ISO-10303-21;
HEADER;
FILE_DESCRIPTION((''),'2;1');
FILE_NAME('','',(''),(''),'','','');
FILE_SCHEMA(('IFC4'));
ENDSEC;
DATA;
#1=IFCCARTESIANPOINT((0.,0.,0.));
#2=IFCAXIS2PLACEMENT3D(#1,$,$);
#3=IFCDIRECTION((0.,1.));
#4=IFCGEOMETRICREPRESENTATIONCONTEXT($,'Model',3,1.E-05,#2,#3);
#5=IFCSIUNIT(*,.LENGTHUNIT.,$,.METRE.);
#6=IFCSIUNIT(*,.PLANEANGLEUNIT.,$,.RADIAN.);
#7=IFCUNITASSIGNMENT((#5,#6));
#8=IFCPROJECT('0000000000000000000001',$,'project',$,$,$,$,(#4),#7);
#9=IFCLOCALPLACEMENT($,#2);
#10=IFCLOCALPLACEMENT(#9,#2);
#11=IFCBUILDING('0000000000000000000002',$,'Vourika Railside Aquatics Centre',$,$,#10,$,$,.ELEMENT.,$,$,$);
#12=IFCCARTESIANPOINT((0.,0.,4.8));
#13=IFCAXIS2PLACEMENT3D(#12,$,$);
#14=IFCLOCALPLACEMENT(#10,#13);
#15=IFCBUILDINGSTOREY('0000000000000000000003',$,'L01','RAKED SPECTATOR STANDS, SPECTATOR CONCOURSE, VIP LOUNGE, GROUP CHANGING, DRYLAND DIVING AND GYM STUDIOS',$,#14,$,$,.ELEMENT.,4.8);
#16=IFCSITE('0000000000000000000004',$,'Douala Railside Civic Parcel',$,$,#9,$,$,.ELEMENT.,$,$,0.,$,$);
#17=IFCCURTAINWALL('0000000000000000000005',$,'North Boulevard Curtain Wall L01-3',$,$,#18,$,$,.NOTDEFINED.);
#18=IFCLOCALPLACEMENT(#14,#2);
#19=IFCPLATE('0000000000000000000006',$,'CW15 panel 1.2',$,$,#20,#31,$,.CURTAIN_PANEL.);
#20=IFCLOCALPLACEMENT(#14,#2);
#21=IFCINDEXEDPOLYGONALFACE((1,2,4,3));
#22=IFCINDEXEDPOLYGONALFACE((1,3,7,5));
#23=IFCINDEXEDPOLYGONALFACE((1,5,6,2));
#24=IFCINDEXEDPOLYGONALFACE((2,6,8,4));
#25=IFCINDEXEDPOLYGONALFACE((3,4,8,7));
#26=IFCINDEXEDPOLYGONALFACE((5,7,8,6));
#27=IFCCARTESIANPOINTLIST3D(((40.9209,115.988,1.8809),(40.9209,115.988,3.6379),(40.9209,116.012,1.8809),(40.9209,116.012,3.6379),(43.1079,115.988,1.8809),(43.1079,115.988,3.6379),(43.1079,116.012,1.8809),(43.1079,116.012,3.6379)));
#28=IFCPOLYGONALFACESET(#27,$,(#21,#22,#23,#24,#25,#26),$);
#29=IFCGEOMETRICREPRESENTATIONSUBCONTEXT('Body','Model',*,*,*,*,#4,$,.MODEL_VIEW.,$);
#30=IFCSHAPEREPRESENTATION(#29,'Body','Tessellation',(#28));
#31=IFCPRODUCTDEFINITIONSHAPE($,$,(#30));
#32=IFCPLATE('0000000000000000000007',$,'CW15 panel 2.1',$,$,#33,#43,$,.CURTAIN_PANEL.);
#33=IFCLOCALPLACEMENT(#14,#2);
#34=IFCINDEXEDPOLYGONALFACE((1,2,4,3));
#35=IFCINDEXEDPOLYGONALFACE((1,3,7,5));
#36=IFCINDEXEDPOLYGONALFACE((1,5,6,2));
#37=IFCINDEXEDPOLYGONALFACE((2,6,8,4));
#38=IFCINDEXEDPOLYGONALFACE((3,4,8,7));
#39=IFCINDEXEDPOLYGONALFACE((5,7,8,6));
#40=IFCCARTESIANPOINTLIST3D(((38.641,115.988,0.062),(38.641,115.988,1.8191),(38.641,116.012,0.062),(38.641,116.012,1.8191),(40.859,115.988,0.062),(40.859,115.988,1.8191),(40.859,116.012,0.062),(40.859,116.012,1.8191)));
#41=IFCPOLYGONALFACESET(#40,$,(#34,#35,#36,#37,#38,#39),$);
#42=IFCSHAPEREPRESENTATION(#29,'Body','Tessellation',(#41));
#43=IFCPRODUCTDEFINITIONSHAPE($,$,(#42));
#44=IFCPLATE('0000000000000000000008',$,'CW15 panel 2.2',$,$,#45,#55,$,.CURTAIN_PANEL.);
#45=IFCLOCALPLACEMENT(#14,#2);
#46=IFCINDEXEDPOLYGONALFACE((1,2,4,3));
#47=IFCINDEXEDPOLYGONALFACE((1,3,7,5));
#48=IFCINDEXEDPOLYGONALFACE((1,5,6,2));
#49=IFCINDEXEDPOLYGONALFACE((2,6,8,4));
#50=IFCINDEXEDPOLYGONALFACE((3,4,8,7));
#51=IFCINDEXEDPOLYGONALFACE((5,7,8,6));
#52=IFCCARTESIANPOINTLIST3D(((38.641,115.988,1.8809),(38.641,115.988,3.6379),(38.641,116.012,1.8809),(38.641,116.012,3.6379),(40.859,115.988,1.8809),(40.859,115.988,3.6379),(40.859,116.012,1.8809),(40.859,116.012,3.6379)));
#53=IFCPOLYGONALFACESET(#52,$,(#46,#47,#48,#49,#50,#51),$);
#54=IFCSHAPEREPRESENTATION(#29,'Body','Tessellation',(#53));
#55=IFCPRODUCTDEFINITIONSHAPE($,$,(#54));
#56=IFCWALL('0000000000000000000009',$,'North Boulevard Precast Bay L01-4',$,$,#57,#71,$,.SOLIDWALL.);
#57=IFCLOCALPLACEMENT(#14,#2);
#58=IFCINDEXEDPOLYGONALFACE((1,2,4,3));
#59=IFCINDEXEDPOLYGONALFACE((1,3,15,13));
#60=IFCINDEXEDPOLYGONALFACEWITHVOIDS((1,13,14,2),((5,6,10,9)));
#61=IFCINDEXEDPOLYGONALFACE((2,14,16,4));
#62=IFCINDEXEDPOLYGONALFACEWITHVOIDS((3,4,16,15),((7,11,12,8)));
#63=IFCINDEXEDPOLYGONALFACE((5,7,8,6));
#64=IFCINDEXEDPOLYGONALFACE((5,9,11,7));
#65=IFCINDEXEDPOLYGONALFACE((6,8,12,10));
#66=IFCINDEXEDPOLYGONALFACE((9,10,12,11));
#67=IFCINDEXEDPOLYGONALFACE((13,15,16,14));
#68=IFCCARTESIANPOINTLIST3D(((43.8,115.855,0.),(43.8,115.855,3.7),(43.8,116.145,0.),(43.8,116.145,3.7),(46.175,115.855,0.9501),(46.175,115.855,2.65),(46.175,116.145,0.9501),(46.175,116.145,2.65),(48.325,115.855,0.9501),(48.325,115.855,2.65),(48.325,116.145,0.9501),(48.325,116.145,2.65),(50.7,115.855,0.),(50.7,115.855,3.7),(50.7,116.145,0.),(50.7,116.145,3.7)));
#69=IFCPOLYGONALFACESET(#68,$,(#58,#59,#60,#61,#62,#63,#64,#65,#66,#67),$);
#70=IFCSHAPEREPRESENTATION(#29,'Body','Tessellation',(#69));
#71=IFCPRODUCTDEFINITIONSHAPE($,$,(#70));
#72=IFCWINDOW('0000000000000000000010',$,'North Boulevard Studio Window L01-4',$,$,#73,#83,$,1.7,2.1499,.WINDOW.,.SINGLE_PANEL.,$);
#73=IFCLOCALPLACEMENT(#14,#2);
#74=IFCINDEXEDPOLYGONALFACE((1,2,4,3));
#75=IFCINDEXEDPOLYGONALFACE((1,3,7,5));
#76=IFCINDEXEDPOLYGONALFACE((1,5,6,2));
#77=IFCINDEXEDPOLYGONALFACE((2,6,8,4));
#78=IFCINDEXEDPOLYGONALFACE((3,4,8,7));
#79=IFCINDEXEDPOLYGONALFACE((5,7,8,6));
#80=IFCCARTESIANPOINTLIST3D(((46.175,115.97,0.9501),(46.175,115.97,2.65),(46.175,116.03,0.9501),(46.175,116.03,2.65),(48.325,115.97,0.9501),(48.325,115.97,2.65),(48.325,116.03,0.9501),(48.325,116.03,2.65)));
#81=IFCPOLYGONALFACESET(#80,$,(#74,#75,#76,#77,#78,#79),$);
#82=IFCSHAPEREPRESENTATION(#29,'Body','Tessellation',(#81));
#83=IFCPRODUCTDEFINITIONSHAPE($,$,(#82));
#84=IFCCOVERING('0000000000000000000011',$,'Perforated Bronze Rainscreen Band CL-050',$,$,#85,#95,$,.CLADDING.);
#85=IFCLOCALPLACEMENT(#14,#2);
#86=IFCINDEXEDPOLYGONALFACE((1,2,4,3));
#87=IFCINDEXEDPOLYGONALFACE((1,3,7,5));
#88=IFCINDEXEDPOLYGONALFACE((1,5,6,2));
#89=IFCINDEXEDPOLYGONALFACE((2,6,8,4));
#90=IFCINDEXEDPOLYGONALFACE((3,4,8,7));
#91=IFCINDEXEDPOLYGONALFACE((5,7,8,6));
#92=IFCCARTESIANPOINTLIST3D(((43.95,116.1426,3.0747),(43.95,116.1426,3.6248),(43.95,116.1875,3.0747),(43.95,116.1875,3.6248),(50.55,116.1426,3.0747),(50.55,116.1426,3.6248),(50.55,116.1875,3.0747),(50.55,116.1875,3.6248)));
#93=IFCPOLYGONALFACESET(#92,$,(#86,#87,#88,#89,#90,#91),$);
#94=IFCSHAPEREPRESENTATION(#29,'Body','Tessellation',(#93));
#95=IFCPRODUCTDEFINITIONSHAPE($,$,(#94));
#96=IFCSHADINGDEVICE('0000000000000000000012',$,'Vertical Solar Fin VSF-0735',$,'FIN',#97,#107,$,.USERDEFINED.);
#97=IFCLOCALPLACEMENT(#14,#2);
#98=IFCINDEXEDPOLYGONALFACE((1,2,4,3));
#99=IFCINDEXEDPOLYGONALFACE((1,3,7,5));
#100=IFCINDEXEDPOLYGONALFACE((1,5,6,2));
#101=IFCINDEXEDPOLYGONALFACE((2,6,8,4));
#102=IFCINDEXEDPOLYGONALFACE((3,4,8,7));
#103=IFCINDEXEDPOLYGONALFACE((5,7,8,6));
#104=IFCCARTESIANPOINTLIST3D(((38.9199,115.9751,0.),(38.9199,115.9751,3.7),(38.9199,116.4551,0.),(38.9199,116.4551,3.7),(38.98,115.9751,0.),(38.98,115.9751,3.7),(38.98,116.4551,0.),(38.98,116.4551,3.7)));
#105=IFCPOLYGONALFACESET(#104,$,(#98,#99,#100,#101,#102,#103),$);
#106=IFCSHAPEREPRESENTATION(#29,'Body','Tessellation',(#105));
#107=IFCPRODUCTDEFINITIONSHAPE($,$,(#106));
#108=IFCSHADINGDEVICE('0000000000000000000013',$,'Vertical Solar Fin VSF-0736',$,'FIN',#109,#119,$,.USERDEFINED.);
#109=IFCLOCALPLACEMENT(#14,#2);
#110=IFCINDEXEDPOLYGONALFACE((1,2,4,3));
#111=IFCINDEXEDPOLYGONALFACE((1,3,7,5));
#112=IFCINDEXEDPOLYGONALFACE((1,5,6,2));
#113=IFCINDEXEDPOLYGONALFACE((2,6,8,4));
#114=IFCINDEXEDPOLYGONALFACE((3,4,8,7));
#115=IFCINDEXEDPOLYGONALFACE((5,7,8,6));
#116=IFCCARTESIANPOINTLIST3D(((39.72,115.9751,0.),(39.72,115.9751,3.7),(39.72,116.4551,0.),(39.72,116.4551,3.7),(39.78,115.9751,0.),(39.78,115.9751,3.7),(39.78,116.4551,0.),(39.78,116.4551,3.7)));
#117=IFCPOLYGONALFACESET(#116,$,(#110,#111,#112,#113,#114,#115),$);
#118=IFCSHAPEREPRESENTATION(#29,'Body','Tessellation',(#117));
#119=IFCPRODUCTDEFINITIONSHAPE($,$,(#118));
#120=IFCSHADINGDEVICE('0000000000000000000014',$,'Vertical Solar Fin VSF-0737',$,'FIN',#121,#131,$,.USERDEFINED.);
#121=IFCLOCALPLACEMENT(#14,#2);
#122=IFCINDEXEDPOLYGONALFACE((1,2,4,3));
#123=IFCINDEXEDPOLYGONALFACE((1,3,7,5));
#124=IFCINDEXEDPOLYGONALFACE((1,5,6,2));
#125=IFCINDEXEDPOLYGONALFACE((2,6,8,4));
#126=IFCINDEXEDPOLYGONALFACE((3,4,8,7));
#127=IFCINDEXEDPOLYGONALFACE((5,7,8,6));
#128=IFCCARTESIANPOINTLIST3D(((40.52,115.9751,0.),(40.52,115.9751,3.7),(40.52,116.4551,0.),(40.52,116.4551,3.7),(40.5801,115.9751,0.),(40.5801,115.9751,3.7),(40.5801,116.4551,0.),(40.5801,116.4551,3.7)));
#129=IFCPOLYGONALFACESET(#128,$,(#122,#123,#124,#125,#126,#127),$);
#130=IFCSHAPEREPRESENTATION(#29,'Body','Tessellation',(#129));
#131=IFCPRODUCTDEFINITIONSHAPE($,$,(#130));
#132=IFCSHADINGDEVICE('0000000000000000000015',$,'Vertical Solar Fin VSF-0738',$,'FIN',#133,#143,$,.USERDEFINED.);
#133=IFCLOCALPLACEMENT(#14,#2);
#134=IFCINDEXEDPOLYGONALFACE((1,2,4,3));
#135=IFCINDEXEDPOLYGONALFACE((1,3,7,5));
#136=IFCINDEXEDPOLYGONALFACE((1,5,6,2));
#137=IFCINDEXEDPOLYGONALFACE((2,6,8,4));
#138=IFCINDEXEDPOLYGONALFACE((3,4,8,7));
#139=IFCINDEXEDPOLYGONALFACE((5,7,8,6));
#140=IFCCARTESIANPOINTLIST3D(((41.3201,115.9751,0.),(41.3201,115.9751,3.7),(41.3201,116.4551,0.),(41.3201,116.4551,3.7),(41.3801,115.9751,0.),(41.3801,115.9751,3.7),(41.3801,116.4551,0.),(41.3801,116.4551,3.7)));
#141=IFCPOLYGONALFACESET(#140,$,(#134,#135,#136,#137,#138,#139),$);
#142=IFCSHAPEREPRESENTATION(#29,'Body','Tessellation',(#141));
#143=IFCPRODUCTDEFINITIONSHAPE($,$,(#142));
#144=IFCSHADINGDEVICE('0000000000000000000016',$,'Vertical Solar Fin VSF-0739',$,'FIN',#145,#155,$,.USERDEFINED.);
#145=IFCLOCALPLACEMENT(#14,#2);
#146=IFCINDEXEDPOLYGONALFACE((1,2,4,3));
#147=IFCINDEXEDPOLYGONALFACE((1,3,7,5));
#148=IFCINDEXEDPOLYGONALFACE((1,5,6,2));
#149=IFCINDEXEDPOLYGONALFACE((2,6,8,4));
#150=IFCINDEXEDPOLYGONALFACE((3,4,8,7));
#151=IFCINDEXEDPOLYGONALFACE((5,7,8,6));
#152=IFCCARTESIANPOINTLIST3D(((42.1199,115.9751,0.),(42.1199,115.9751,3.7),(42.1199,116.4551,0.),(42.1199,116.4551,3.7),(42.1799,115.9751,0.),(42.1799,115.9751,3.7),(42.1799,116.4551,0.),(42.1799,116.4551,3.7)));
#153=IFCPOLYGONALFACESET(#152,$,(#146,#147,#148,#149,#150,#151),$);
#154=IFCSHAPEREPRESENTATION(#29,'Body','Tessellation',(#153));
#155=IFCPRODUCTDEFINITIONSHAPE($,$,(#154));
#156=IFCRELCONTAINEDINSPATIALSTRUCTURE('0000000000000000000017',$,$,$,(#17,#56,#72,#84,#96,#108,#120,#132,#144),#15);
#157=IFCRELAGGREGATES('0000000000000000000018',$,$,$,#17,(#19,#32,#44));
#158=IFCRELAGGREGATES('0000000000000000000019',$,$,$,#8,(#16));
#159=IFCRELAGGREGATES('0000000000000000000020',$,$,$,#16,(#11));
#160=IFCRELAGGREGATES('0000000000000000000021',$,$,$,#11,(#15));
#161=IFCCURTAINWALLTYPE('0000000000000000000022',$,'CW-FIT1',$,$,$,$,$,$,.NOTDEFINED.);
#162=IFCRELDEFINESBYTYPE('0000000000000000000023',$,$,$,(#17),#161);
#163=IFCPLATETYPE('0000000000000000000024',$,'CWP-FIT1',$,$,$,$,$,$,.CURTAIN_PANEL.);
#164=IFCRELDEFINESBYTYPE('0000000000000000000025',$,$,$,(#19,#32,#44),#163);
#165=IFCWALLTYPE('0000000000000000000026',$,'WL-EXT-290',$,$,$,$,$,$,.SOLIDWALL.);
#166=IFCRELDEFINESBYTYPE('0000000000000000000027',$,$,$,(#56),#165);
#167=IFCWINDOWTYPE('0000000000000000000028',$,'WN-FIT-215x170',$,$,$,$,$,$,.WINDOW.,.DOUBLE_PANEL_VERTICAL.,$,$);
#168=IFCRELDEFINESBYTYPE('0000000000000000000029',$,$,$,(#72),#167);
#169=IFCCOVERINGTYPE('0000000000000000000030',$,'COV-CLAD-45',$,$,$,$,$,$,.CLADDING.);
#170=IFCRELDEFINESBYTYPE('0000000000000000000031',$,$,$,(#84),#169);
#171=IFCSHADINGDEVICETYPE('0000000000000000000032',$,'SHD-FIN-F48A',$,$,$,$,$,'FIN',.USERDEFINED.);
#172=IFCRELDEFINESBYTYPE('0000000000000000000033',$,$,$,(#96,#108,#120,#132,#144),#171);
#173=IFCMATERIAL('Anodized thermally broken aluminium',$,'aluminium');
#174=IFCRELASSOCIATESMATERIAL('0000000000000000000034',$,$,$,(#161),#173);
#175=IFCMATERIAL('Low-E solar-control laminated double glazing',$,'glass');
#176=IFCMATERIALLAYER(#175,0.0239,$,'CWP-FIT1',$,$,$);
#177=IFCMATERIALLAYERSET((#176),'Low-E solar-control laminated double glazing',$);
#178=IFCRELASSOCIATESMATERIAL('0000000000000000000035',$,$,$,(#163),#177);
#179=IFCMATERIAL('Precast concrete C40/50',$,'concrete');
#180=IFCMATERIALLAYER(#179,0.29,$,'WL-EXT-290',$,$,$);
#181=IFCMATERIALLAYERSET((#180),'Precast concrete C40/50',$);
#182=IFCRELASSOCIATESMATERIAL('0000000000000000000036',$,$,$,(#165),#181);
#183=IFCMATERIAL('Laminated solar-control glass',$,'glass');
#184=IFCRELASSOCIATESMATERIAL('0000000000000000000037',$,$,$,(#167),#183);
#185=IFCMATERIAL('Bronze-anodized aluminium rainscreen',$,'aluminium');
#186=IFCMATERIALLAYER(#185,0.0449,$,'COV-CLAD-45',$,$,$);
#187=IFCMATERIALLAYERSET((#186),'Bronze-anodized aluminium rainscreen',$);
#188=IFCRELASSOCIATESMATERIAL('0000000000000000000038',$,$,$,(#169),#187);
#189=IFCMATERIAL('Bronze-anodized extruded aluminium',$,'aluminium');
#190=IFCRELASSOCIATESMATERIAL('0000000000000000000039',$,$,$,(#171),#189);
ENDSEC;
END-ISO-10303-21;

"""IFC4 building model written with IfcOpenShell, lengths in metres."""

from ifc_helpers import new_model, si_unit, direction, frame, frame_2d, origin, origin_2d, place, context, subcontext, project, spatial, rectangle, extrude, material, layer, layer_set, material_profile, profile_set, type_object, element, fill, aggregate, save


model = new_model("IFC4")

# Units and contexts
model_context = context("Model", 3, precision=1e-05, world=origin(), true_north=direction((0.0, 1.0)))
body_context = subcontext(model_context, "Body", "Model", "MODEL_VIEW")
ifc_project = project(units=[si_unit("LENGTHUNIT", "METRE"), si_unit("PLANEANGLEUNIT", "RADIAN")], contexts=[model_context])

# Site, building, storey
site_placement = place(None, origin())
site = spatial("IfcSite", under=ifc_project, at=site_placement, Name="Douala Railside Civic Parcel", CompositionType="ELEMENT", RefElevation=0.0)
building_placement = place(site_placement, origin())
building = spatial("IfcBuilding", under=site, at=building_placement, Name="Vourika Railside Aquatics Centre", CompositionType="ELEMENT")
storey_placement = place(building_placement, frame((0.0, 0.0, 4.8)))
storey = spatial("IfcBuildingStorey", under=building, at=storey_placement, Name="L01", Description="RAKED SPECTATOR STANDS, SPECTATOR CONCOURSE, VIP LOUNGE, GROUP CHANGING, DRYLAND DIVING AND GYM STUDIOS", CompositionType="ELEMENT", Elevation=4.8)

# Curtain wall
ifc_material_1 = material(Name="Anodized thermally broken aluminium", Category="aluminium")
curtain_wall_type = type_object("IfcCurtainWallType", Name="CW-FIT1", PredefinedType="NOTDEFINED", material=ifc_material_1)
curtain_wall_1_placement = place(storey_placement, origin())
curtain_wall_1 = element("IfcCurtainWall", 1, at=curtain_wall_1_placement, inside=storey, type_object=curtain_wall_type, Name="North Boulevard Curtain Wall L01-3", PredefinedType="NOTDEFINED")

# Plates
ifc_material_2 = material(Name="Low-E solar-control laminated double glazing", Category="glass")
ifc_layer_1 = layer(ifc_material_2, 0.0239, Name="CWP-FIT1")
ifc_layer_set_1 = layer_set([ifc_layer_1], Name="Low-E solar-control laminated double glazing")
plate_type = type_object("IfcPlateType", Name="CWP-FIT1", PredefinedType="CURTAIN_PANEL", material=ifc_layer_set_1)
plate_1_placement = place(storey_placement, frame((42.0144, 116.0, 1.8809), z_axis=(0.0, 0.0, 1.0), x_axis=(-1.0, 0.0, 0.0)))
plate_1 = element("IfcPlate", 2, at=plate_1_placement, type_object=plate_type, Name="CW15 panel 1.2", PredefinedType="CURTAIN_PANEL", context=body_context, shape_type="SweptSolid", body=[
    extrude(rectangle(XDim=2.187, YDim=0.0239, at=origin_2d()), origin(), (0.0, 0.0, 1.0), 1.7571),
])
plate_2_placement = place(storey_placement, frame((39.75, 116.0, 0.062), z_axis=(0.0, 0.0, 1.0), x_axis=(-1.0, 0.0, 0.0)))
plate_2 = element("IfcPlate", 3, at=plate_2_placement, type_object=plate_type, Name="CW15 panel 2.1", PredefinedType="CURTAIN_PANEL", context=body_context, shape_type="SweptSolid", body=[
    extrude(rectangle(XDim=2.218, YDim=0.0239, at=origin_2d()), origin(), (0.0, 0.0, 1.0), 1.7571),
])
plate_3_placement = place(storey_placement, frame((39.75, 116.0, 1.8809), z_axis=(0.0, 0.0, 1.0), x_axis=(-1.0, 0.0, 0.0)))
plate_3 = element("IfcPlate", 4, at=plate_3_placement, type_object=plate_type, Name="CW15 panel 2.2", PredefinedType="CURTAIN_PANEL", context=body_context, shape_type="SweptSolid", body=[
    extrude(rectangle(XDim=2.218, YDim=0.0239, at=origin_2d()), origin(), (0.0, 0.0, 1.0), 1.7571),
])
aggregate(curtain_wall_1, [plate_1, plate_2, plate_3])

# Wall, opening, window
ifc_material_3 = material(Name="Precast concrete C40/50", Category="concrete")
ifc_layer_2 = layer(ifc_material_3, 0.29, Name="WL-EXT-290")
ifc_layer_set_2 = layer_set([ifc_layer_2], Name="Precast concrete C40/50")
wall_type = type_object("IfcWallType", Name="WL-EXT-290", PredefinedType="SOLIDWALL", material=ifc_layer_set_2)
wall_placement = place(storey_placement, frame((50.7, 116.0, 0.0), z_axis=(0.0, 0.0, 1.0), x_axis=(-1.0, 0.0, 0.0)))
wall = element("IfcWall", 5, at=wall_placement, inside=storey, type_object=wall_type, Name="North Boulevard Precast Bay L01-4", PredefinedType="SOLIDWALL", context=body_context, shape_type="SweptSolid", body=[
    extrude(rectangle(XDim=6.8999, YDim=0.29, at=frame_2d((3.45, 0.0))), origin(), (0.0, 0.0, 1.0), 3.7),
])
opening_placement = place(wall_placement, frame((2.375, 0.0, 0.95)))
opening = element("IfcOpeningElement", 6, at=opening_placement, cuts=wall, PredefinedType="OPENING", context=body_context, shape_type="SweptSolid", body=[
    extrude(rectangle(XDim=2.1499, YDim=1.7, at=frame_2d((1.075, 0.8501))), frame((0.0, 0.155, 0.0), z_axis=(0.0, -1.0, 0.0), x_axis=(1.0, 0.0, 0.0)), (0.0, 0.0, 1.0), 0.3101),
])
ifc_material_4 = material(Name="Laminated solar-control glass", Category="glass")
window_type = type_object("IfcWindowType", Name="WN-FIT-215x170", PartitioningType="DOUBLE_PANEL_VERTICAL", PredefinedType="WINDOW", material=ifc_material_4)
window_placement = place(opening_placement, origin())
window = element("IfcWindow", 7, at=window_placement, inside=storey, type_object=window_type, Name="North Boulevard Studio Window L01-4", OverallHeight=1.7, OverallWidth=2.1499, PartitioningType="SINGLE_PANEL", PredefinedType="WINDOW", context=body_context, shape_type="SweptSolid", body=[
    extrude(rectangle(XDim=2.1499, YDim=1.7, at=frame_2d((1.075, 0.8501))), frame((0.0, 0.03, 0.0), z_axis=(0.0, -1.0, 0.0), x_axis=(1.0, 0.0, 0.0)), (0.0, 0.0, 1.0), 0.0601),
])
fill(opening, window)

# Covering
ifc_material_5 = material(Name="Bronze-anodized aluminium rainscreen", Category="aluminium")
ifc_layer_3 = layer(ifc_material_5, 0.0449, Name="COV-CLAD-45")
ifc_layer_set_3 = layer_set([ifc_layer_3], Name="Bronze-anodized aluminium rainscreen")
covering_type = type_object("IfcCoveringType", Name="COV-CLAD-45", PredefinedType="CLADDING", material=ifc_layer_set_3)
covering_placement = place(storey_placement, frame((47.25, 116.165, 3.0747), z_axis=(0.0, 0.0, 1.0), x_axis=(-1.0, 0.0, 0.0)))
element("IfcCovering", 8, at=covering_placement, inside=storey, type_object=covering_type, Name="Perforated Bronze Rainscreen Band CL-050", PredefinedType="CLADDING", context=body_context, shape_type="SweptSolid", body=[
    extrude(rectangle(XDim=6.6001, YDim=0.0449, at=origin_2d()), origin(), (0.0, 0.0, 1.0), 0.55),
])

# Shading devices
ifc_material_6 = material(Name="Bronze-anodized extruded aluminium", Category="aluminium")
ifc_material_profile_1 = material_profile(ifc_material_6, rectangle(XDim=0.0601, YDim=0.48, at=origin_2d()), Name="ALU-FIN 60x480")
ifc_profile_set_1 = profile_set([ifc_material_profile_1], Name="Bronze-anodized extruded aluminium")
shading_device_type = type_object("IfcShadingDeviceType", Name="SHD-FIN-F48A", ElementType="FIN", PredefinedType="USERDEFINED", material=ifc_profile_set_1)
for number, where, z_axis, x_axis, name in (
    (9, (38.95, 116.2151, 0.0), (0.0, 0.0, 1.0), (1.0, 0.0, 0.0), "Vertical Solar Fin VSF-0735"),
    (10, (39.75, 116.2151, 0.0), (0.0, 0.0, 1.0), (1.0, 0.0, 0.0), "Vertical Solar Fin VSF-0736"),
    (11, (40.55, 116.2151, 0.0), (0.0, 0.0, 1.0), (1.0, 0.0, 0.0), "Vertical Solar Fin VSF-0737"),
    (12, (41.3501, 116.2151, 0.0), (0.0, 0.0, 1.0), (1.0, 0.0, 0.0), "Vertical Solar Fin VSF-0738"),
    (13, (42.1499, 116.2151, 0.0), (0.0, 0.0, 1.0), (1.0, 0.0, 0.0), "Vertical Solar Fin VSF-0739"),
):
    element("IfcShadingDevice", number, at=place(storey_placement, frame(where, z_axis=z_axis, x_axis=x_axis)), inside=storey, type_object=shading_device_type, Name=name, ObjectType="FIN", PredefinedType="USERDEFINED", context=body_context, shape_type="SweptSolid", body=[
        extrude(rectangle(XDim=0.0601, YDim=0.48, at=origin_2d()), origin(), (0.0, 0.0, 1.0), 3.7),
    ])

save(model, "model.ifc")
